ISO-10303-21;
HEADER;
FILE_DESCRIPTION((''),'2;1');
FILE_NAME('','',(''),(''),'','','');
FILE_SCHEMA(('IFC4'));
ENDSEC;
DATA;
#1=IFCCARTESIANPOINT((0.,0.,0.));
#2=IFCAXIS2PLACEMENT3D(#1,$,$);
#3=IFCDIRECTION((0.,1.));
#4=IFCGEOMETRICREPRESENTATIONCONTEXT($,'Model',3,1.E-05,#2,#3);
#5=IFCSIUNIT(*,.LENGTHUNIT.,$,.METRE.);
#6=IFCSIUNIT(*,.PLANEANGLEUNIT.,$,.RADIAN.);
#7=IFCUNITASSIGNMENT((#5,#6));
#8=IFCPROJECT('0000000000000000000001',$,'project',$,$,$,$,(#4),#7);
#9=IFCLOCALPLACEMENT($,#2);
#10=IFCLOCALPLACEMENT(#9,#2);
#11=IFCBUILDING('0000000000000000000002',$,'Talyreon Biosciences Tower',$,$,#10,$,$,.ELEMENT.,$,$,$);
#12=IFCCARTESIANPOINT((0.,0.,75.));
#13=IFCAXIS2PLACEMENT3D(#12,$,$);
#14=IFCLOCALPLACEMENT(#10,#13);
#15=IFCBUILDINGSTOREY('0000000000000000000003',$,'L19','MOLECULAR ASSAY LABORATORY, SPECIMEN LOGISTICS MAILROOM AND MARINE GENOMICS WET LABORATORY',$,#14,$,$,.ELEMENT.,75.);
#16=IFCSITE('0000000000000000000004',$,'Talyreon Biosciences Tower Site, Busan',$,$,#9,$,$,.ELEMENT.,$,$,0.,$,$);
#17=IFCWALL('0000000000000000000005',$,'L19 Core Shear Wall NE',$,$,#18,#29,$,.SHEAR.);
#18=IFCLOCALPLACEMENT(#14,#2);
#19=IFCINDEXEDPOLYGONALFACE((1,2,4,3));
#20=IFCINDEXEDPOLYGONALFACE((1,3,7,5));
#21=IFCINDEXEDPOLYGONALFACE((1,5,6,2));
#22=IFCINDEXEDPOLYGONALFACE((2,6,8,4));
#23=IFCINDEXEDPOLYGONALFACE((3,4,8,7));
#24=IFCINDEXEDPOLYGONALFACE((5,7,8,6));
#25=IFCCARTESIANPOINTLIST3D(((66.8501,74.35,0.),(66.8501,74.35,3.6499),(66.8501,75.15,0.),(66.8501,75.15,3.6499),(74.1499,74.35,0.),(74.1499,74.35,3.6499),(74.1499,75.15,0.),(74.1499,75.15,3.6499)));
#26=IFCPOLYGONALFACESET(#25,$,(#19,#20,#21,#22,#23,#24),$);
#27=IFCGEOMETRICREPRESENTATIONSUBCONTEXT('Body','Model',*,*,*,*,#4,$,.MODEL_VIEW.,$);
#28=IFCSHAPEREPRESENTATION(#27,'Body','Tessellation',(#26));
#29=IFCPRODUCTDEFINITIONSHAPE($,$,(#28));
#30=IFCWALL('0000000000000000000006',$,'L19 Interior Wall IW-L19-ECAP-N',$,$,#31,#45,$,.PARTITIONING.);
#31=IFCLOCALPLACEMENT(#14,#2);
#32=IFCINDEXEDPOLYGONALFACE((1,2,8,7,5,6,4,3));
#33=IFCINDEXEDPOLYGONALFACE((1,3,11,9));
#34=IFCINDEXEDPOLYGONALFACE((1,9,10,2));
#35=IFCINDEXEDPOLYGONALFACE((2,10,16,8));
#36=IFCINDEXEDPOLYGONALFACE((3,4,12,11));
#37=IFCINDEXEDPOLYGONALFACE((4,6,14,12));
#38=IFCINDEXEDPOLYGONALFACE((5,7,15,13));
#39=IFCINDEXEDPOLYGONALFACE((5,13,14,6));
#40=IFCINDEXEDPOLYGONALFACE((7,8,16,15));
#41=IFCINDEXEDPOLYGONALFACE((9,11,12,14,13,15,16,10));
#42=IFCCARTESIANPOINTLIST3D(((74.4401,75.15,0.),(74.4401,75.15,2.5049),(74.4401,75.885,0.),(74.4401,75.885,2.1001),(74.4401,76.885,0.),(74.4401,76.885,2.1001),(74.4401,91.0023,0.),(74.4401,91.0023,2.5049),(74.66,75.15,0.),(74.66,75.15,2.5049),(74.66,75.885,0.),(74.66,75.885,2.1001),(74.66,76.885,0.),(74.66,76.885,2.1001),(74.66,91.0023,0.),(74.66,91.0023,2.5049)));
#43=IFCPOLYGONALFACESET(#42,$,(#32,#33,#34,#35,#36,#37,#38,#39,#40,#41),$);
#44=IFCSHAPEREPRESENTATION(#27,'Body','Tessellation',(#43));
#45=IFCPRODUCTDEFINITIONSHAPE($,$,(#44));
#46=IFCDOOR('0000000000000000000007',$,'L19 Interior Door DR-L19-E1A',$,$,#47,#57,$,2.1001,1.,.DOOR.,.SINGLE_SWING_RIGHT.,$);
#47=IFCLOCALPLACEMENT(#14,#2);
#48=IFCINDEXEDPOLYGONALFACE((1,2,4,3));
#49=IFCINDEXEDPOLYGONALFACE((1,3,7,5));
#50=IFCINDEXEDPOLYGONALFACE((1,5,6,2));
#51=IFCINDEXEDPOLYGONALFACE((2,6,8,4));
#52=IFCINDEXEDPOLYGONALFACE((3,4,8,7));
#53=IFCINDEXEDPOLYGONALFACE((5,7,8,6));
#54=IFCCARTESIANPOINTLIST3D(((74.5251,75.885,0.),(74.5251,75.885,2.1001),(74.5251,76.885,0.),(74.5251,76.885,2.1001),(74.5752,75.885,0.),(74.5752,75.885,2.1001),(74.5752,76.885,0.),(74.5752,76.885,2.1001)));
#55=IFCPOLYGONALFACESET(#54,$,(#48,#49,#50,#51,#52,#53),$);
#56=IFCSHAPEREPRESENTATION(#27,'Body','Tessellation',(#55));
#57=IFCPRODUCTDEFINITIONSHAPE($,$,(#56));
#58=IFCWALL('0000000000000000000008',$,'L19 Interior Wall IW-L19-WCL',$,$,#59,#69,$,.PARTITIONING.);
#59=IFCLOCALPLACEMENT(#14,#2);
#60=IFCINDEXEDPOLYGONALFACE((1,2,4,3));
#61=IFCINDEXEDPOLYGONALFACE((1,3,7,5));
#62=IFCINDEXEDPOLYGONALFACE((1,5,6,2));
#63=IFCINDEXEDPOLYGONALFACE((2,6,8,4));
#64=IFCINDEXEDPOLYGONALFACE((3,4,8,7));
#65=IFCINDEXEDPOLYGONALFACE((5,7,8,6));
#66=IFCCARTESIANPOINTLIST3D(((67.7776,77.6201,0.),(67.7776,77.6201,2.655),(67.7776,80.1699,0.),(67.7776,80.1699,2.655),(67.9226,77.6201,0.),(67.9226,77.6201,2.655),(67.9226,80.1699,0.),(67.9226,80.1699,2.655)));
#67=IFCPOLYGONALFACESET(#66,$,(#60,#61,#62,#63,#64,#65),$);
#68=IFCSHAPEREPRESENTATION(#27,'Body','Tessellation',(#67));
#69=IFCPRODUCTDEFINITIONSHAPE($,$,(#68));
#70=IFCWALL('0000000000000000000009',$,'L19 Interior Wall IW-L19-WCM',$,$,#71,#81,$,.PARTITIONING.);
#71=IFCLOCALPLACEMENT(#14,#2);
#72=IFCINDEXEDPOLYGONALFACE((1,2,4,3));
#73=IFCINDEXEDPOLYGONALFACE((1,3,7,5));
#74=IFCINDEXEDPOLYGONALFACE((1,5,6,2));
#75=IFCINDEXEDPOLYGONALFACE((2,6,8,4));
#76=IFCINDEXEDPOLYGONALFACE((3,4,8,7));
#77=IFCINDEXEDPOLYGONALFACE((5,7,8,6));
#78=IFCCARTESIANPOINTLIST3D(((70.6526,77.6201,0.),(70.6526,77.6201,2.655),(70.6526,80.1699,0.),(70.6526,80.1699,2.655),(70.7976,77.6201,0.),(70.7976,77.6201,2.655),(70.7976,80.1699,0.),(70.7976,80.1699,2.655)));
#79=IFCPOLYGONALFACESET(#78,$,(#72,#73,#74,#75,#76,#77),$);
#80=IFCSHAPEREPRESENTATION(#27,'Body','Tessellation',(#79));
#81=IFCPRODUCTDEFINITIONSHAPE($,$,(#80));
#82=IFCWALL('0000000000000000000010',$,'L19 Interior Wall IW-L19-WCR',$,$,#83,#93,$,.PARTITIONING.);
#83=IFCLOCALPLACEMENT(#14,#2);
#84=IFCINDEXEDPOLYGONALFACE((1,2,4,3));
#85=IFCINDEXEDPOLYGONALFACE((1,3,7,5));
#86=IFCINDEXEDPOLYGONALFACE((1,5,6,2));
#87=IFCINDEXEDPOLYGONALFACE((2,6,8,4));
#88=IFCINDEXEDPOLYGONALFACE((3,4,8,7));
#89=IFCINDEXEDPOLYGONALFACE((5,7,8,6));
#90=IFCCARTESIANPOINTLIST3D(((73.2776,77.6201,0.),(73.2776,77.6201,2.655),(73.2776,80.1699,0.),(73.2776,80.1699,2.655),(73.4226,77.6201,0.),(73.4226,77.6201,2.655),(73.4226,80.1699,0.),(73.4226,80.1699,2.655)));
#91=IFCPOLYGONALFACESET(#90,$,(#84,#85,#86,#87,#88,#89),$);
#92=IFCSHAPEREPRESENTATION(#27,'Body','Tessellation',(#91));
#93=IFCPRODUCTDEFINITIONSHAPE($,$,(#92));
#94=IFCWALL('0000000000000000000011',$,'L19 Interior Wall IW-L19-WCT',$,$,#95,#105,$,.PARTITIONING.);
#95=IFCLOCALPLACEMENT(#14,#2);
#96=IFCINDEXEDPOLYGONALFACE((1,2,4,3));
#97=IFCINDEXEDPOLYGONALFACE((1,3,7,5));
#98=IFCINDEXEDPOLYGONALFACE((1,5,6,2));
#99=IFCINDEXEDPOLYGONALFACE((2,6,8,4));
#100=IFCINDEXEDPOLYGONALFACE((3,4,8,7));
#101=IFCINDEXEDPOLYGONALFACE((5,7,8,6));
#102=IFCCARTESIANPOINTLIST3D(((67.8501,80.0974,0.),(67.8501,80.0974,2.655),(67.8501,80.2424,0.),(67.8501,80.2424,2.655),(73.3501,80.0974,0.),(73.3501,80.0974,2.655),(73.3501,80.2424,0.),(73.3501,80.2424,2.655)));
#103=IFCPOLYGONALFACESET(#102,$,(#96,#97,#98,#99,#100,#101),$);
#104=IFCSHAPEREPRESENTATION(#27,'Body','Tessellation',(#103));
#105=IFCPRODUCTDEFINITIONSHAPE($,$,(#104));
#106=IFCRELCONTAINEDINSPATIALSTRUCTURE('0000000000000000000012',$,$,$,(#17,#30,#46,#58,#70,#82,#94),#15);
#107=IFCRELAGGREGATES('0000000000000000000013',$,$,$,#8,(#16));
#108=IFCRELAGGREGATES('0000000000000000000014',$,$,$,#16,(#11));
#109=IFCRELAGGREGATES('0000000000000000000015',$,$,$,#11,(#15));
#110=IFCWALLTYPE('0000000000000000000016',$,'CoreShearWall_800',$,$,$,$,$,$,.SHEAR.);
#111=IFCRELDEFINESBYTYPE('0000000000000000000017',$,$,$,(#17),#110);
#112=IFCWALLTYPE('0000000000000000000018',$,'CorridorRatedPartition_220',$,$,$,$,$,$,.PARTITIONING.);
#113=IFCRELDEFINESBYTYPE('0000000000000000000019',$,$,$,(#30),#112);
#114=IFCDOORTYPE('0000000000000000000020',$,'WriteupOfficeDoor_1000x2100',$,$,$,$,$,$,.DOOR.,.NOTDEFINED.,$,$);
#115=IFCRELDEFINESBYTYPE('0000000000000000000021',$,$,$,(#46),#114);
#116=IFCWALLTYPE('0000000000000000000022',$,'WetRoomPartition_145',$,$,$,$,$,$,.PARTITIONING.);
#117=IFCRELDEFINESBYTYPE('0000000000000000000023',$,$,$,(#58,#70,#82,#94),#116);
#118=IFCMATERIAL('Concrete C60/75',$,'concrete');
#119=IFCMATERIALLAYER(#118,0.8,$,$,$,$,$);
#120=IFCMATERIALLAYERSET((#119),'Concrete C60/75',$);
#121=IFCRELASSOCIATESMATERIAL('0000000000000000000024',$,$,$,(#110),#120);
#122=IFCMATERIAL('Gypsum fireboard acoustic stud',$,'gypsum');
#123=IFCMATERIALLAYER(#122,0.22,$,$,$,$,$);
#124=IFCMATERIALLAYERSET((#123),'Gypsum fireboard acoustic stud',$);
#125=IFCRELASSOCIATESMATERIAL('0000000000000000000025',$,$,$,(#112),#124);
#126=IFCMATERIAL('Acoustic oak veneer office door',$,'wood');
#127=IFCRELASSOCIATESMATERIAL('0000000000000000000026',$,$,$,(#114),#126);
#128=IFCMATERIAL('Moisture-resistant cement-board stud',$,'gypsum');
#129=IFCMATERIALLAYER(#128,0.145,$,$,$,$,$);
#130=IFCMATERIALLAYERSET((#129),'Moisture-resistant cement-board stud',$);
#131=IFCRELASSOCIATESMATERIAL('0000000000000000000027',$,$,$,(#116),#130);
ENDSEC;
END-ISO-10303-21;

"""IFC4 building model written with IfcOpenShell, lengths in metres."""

from ifc_helpers import new_model, si_unit, direction, frame, frame_2d, origin, place, context, subcontext, project, spatial, rectangle, extrude, material, layer, layer_set, type_object, element, fill, save


model = new_model("IFC4")

# Units and contexts
model_context = context("Model", 3, precision=1e-05, world=origin(), true_north=direction((0.0, 1.0)))
body_context = subcontext(model_context, "Body", "Model", "MODEL_VIEW")
ifc_project = project(units=[si_unit("LENGTHUNIT", "METRE"), si_unit("PLANEANGLEUNIT", "RADIAN")], contexts=[model_context])

# Site, building, storey
site_placement = place(None, origin())
site = spatial("IfcSite", under=ifc_project, at=site_placement, Name="Talyreon Biosciences Tower Site, Busan", CompositionType="ELEMENT", RefElevation=0.0)
building_placement = place(site_placement, origin())
building = spatial("IfcBuilding", under=site, at=building_placement, Name="Talyreon Biosciences Tower", CompositionType="ELEMENT")
storey_placement = place(building_placement, frame((0.0, 0.0, 75.0)))
storey = spatial("IfcBuildingStorey", under=building, at=storey_placement, Name="L19", Description="MOLECULAR ASSAY LABORATORY, SPECIMEN LOGISTICS MAILROOM AND MARINE GENOMICS WET LABORATORY", CompositionType="ELEMENT", Elevation=75.0)

# Shared definitions
ifc_material_1 = material(Name="Concrete C60/75", Category="concrete")

# Wall
ifc_layer_1 = layer(ifc_material_1, 0.8)
ifc_layer_set_1 = layer_set([ifc_layer_1], Name="Concrete C60/75")
wall_type_1 = type_object("IfcWallType", Name="CoreShearWall_800", PredefinedType="SHEAR", material=ifc_layer_set_1)
wall_1_placement = place(storey_placement, frame((74.1499, 74.75, 0.0), z_axis=(0.0, 0.0, 1.0), x_axis=(-1.0, 0.0, 0.0)))
element("IfcWall", 1, at=wall_1_placement, inside=storey, type_object=wall_type_1, Name="L19 Core Shear Wall NE", PredefinedType="SHEAR", context=body_context, shape_type="SweptSolid", body=[
    extrude(rectangle(XDim=7.2998, YDim=0.8, at=frame_2d((3.6499, 0.0))), origin(), (0.0, 0.0, 1.0), 3.6499),
])

# Wall, opening, door
ifc_material_2 = material(Name="Gypsum fireboard acoustic stud", Category="gypsum")
ifc_layer_2 = layer(ifc_material_2, 0.22)
ifc_layer_set_2 = layer_set([ifc_layer_2], Name="Gypsum fireboard acoustic stud")
wall_type_2 = type_object("IfcWallType", Name="CorridorRatedPartition_220", PredefinedType="PARTITIONING", material=ifc_layer_set_2)
wall_2_placement = place(storey_placement, frame((74.55, 75.1499, 0.0), z_axis=(0.0, 0.0, 1.0), x_axis=(0.0, 1.0, 0.0)))
wall_2 = element("IfcWall", 2, at=wall_2_placement, inside=storey, type_object=wall_type_2, Name="L19 Interior Wall IW-L19-ECAP-N", PredefinedType="PARTITIONING", context=body_context, shape_type="SweptSolid", body=[
    extrude(rectangle(XDim=15.8523, YDim=0.22, at=frame_2d((7.9263, 0.0))), origin(), (0.0, 0.0, 1.0), 2.5049),
])
opening_1_placement = place(wall_2_placement, frame((0.7351, 0.0, 0.0)))
opening_1 = element("IfcOpeningElement", 3, at=opening_1_placement, cuts=wall_2, PredefinedType="OPENING", context=body_context, shape_type="SweptSolid", body=[
    extrude(rectangle(XDim=1.0, YDim=2.1001, at=frame_2d((0.5, 1.05))), frame((0.0, 0.1199, 0.0), z_axis=(0.0, -1.0, 0.0), x_axis=(1.0, 0.0, 0.0)), (0.0, 0.0, 1.0), 0.24),
])
ifc_material_3 = material(Name="Acoustic oak veneer office door", Category="wood")
door_type_1 = type_object("IfcDoorType", Name="WriteupOfficeDoor_1000x2100", OperationType="NOTDEFINED", PredefinedType="DOOR", material=ifc_material_3)
door_1_placement = place(opening_1_placement, origin())
door_1 = element("IfcDoor", 4, at=door_1_placement, inside=storey, type_object=door_type_1, Name="L19 Interior Door DR-L19-E1A", OperationType="SINGLE_SWING_RIGHT", OverallHeight=2.1001, OverallWidth=1.0, PredefinedType="DOOR", context=body_context, shape_type="SweptSolid", body=[
    extrude(rectangle(XDim=1.0, YDim=2.1001, at=frame_2d((0.5, 1.05))), frame((0.0, 0.0249, 0.0), z_axis=(0.0, -1.0, 0.0), x_axis=(1.0, 0.0, 0.0)), (0.0, 0.0, 1.0), 0.05),
])
fill(opening_1, door_1)

# Walls
ifc_material_4 = material(Name="Moisture-resistant cement-board stud", Category="gypsum")
ifc_layer_3 = layer(ifc_material_4, 0.145)
ifc_layer_set_3 = layer_set([ifc_layer_3], Name="Moisture-resistant cement-board stud")
wall_type_3 = type_object("IfcWallType", Name="WetRoomPartition_145", PredefinedType="PARTITIONING", material=ifc_layer_set_3)
for number, where, z_axis, x_axis, name in (
    (5, (67.8501, 77.6201, 0.0), (0.0, 0.0, 1.0), (0.0, 1.0, 0.0), "L19 Interior Wall IW-L19-WCL"),
    (6, (70.7251, 77.6201, 0.0), (0.0, 0.0, 1.0), (0.0, 1.0, 0.0), "L19 Interior Wall IW-L19-WCM"),
    (7, (73.3501, 77.6201, 0.0), (0.0, 0.0, 1.0), (0.0, 1.0, 0.0), "L19 Interior Wall IW-L19-WCR"),
):
    element("IfcWall", number, at=place(storey_placement, frame(where, z_axis=z_axis, x_axis=x_axis)), inside=storey, type_object=wall_type_3, Name=name, PredefinedType="PARTITIONING", context=body_context, shape_type="SweptSolid", body=[
        extrude(rectangle(XDim=2.5498, YDim=0.145, at=frame_2d((1.2749, 0.0))), origin(), (0.0, 0.0, 1.0), 2.655),
    ])
wall_3_placement = place(storey_placement, frame((67.8501, 80.1699, 0.0), z_axis=(0.0, 0.0, 1.0), x_axis=(1.0, 0.0, 0.0)))
element("IfcWall", 8, at=wall_3_placement, inside=storey, type_object=wall_type_3, Name="L19 Interior Wall IW-L19-WCT", PredefinedType="PARTITIONING", context=body_context, shape_type="SweptSolid", body=[
    extrude(rectangle(XDim=5.5, YDim=0.145, at=frame_2d((2.75, 0.0))), origin(), (0.0, 0.0, 1.0), 2.655),
])

save(model, "model.ifc")
